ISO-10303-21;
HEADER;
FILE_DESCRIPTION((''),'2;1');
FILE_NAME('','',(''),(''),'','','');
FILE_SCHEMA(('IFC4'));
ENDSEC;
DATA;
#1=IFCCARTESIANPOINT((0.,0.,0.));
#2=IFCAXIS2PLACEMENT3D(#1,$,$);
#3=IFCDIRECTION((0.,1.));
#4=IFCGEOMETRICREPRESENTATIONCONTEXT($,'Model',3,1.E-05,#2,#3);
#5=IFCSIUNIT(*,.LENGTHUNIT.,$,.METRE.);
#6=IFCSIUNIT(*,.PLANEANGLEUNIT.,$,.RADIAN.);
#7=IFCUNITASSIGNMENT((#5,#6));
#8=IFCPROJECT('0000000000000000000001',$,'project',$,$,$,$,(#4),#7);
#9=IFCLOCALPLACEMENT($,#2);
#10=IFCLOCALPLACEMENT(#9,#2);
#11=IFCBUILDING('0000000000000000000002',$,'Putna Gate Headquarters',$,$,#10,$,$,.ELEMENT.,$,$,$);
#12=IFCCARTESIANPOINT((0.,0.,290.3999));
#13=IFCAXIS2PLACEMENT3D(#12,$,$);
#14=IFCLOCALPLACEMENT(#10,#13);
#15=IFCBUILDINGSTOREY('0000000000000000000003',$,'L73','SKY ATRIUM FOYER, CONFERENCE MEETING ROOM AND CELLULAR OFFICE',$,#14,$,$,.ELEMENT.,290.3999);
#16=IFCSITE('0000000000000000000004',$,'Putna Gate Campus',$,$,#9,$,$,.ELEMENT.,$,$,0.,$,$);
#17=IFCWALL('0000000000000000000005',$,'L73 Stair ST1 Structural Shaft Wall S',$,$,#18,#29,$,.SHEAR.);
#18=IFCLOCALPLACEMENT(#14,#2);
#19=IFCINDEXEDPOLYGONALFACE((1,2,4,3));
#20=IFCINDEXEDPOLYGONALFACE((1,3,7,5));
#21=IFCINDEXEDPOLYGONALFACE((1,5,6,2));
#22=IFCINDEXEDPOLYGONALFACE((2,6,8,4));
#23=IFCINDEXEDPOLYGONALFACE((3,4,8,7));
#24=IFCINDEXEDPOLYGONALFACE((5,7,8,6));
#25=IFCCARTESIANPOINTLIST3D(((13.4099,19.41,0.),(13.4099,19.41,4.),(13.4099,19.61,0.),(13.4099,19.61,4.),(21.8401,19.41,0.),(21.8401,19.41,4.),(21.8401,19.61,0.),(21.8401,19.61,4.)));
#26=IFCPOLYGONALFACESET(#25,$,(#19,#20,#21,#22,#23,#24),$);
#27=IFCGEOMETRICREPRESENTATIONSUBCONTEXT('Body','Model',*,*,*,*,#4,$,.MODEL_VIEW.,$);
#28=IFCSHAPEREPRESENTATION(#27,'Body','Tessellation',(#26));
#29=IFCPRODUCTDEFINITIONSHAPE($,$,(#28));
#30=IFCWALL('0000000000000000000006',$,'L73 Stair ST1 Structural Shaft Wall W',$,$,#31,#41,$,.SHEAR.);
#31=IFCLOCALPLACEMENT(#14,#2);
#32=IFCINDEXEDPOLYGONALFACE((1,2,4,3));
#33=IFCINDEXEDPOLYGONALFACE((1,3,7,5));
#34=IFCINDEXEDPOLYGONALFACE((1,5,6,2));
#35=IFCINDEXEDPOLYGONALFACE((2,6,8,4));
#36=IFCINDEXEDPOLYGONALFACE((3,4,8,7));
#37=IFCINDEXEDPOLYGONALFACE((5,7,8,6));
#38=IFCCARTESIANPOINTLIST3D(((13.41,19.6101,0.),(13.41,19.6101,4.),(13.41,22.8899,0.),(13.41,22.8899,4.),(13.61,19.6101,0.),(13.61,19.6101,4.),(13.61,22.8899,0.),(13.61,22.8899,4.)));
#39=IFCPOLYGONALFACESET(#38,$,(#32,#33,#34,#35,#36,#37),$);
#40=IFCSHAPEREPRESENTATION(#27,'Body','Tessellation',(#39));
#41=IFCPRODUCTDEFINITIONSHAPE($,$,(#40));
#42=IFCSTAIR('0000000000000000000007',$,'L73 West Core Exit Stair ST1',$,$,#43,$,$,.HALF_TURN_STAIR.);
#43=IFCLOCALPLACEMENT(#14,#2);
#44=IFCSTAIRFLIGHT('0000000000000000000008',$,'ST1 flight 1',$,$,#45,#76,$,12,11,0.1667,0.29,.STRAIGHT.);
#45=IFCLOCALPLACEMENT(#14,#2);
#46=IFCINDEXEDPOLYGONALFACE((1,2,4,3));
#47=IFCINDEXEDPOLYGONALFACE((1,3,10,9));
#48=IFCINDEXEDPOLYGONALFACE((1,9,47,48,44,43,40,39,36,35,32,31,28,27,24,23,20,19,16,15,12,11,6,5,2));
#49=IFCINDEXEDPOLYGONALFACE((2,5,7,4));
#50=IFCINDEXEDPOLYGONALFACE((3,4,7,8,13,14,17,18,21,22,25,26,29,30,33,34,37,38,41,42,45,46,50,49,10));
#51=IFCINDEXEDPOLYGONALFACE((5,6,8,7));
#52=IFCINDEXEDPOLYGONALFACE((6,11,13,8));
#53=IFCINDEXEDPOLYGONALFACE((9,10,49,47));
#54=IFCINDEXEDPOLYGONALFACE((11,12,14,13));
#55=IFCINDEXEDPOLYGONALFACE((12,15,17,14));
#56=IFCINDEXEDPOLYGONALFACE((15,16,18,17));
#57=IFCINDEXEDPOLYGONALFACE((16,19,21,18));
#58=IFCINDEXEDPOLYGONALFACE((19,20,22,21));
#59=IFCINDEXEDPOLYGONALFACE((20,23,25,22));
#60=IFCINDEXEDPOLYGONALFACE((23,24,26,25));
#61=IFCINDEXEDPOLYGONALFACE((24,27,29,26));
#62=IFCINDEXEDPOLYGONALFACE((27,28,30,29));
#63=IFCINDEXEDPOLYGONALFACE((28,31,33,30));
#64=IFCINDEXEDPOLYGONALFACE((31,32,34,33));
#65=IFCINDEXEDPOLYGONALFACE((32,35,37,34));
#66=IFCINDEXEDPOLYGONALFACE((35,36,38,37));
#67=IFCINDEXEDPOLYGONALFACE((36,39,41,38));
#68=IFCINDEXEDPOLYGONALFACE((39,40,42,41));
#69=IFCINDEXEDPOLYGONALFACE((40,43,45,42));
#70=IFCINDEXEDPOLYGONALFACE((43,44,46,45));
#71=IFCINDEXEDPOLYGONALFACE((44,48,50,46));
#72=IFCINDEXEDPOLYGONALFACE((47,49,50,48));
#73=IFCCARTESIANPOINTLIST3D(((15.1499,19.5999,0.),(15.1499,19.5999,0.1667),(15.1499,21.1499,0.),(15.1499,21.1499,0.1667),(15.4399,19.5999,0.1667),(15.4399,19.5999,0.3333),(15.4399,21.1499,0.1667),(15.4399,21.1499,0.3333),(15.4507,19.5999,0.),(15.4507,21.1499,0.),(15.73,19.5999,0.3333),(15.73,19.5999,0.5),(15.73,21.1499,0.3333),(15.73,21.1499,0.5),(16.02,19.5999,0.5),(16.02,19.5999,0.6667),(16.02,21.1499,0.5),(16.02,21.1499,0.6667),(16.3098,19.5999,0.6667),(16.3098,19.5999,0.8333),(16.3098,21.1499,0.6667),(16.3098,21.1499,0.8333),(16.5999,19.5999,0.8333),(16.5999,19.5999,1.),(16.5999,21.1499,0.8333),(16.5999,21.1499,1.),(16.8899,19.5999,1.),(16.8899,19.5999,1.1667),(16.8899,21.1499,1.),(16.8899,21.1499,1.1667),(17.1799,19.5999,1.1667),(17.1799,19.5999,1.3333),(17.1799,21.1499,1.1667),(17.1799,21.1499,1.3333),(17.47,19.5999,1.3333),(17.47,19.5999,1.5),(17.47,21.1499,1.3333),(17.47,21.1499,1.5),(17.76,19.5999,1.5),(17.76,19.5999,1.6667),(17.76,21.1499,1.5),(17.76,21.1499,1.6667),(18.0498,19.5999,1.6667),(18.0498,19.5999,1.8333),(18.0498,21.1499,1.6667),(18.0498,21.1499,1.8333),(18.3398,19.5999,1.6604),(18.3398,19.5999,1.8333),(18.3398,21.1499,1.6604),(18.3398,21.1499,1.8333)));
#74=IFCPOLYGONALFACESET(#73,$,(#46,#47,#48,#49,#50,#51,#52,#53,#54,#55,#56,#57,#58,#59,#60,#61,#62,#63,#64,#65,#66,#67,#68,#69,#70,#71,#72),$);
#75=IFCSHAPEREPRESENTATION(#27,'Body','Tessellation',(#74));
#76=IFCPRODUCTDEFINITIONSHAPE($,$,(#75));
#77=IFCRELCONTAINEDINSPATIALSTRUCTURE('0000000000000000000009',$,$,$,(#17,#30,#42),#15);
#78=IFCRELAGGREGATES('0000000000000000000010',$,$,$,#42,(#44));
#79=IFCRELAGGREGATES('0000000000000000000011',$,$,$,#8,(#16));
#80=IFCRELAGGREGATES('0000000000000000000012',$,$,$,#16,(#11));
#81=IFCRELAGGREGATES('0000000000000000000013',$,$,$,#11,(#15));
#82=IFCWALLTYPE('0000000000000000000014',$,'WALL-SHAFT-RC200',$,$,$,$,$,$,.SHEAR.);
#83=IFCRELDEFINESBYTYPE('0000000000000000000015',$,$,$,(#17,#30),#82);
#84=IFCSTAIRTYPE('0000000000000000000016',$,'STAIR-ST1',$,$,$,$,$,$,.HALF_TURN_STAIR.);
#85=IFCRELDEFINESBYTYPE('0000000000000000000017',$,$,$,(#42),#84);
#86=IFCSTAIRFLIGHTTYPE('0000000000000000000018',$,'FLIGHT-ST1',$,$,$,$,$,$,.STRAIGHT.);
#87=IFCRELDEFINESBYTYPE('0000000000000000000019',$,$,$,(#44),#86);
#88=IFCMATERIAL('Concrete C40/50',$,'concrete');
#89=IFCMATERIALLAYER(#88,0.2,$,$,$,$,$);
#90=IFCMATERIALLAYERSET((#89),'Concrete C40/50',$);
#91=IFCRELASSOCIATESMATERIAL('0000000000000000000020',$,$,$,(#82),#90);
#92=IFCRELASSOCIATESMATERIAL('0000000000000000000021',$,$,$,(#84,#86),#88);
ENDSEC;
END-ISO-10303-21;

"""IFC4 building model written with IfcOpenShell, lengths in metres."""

from ifc_helpers import new_model, si_unit, direction, frame, frame_2d, origin, place, context, subcontext, project, spatial, polyline, rectangle, outline, extrude, material, layer, layer_set, type_object, element, aggregate, save


model = new_model("IFC4")

# Units and contexts
model_context = context("Model", 3, precision=1e-05, world=origin(), true_north=direction((0.0, 1.0)))
body_context = subcontext(model_context, "Body", "Model", "MODEL_VIEW")
ifc_project = project(units=[si_unit("LENGTHUNIT", "METRE"), si_unit("PLANEANGLEUNIT", "RADIAN")], contexts=[model_context])

# Site, building, storey
site_placement = place(None, origin())
site = spatial("IfcSite", under=ifc_project, at=site_placement, Name="Putna Gate Campus", CompositionType="ELEMENT", RefElevation=0.0)
building_placement = place(site_placement, origin())
building = spatial("IfcBuilding", under=site, at=building_placement, Name="Putna Gate Headquarters", CompositionType="ELEMENT")
storey_placement = place(building_placement, frame((0.0, 0.0, 290.3999)))
storey = spatial("IfcBuildingStorey", under=building, at=storey_placement, Name="L73", Description="SKY ATRIUM FOYER, CONFERENCE MEETING ROOM AND CELLULAR OFFICE", CompositionType="ELEMENT", Elevation=290.3999)

# Walls
ifc_material_1 = material(Name="Concrete C40/50", Category="concrete")
ifc_layer_1 = layer(ifc_material_1, 0.2)
ifc_layer_set_1 = layer_set([ifc_layer_1], Name="Concrete C40/50")
wall_type_1 = type_object("IfcWallType", Name="WALL-SHAFT-RC200", PredefinedType="SHEAR", material=ifc_layer_set_1)
wall_1_placement = place(storey_placement, frame((13.4099, 19.51, 0.0), z_axis=(0.0, 0.0, 1.0), x_axis=(1.0, 0.0, 0.0)))
element("IfcWall", 1, at=wall_1_placement, inside=storey, type_object=wall_type_1, Name="L73 Stair ST1 Structural Shaft Wall S", PredefinedType="SHEAR", context=body_context, shape_type="SweptSolid", body=[
    extrude(rectangle(XDim=8.4302, YDim=0.2, at=frame_2d((4.2151, 0.0))), origin(), (0.0, 0.0, 1.0), 4.0),
])
wall_2_placement = place(storey_placement, frame((13.51, 19.6101, 0.0), z_axis=(0.0, 0.0, 1.0), x_axis=(0.0, 1.0, 0.0)))
element("IfcWall", 2, at=wall_2_placement, inside=storey, type_object=wall_type_1, Name="L73 Stair ST1 Structural Shaft Wall W", PredefinedType="SHEAR", context=body_context, shape_type="SweptSolid", body=[
    extrude(rectangle(XDim=3.2798, YDim=0.2, at=frame_2d((1.6399, 0.0))), origin(), (0.0, 0.0, 1.0), 4.0),
])

# Stair, stair flight
stair_type = type_object("IfcStairType", Name="STAIR-ST1", PredefinedType="HALF_TURN_STAIR", material=ifc_material_1)
stair_placement = place(storey_placement, origin())
stair = element("IfcStair", 3, at=stair_placement, inside=storey, type_object=stair_type, Name="L73 West Core Exit Stair ST1", PredefinedType="HALF_TURN_STAIR")
stair_flight_type = type_object("IfcStairFlightType", Name="FLIGHT-ST1", PredefinedType="STRAIGHT", material=ifc_material_1)
stair_flight_placement = place(storey_placement, frame((15.1499, 20.375, 0.0), z_axis=(0.0, 0.0, 1.0), x_axis=(1.0, 0.0, 0.0)))
stair_flight = element("IfcStairFlight", 4, at=stair_flight_placement, type_object=stair_flight_type, Name="ST1 flight 1", NumberOfRisers=12, NumberOfTreads=11, PredefinedType="STRAIGHT", RiserHeight=0.1667, TreadLength=0.29, context=body_context, shape_type="SweptSolid", body=[
    extrude(outline(polyline([(0.0, 0.0), (0.0, 0.1667), (0.29, 0.1667), (0.29, 0.3333), (0.5801, 0.3333), (0.5801, 0.5), (0.8701, 0.5), (0.8701, 0.6667), (1.1599, 0.6667), (1.1599, 0.8333), (1.45, 0.8333), (1.45, 1.0), (1.74, 1.0), (1.74, 1.1667), (2.03, 1.1667), (2.03, 1.3333), (2.3201, 1.3333), (2.3201, 1.5), (2.6101, 1.5), (2.6101, 1.6667), (2.8999, 1.6667), (2.8999, 1.8333), (3.1899, 1.8333), (3.1899, 2.0), (3.1899, 1.6604), (0.3008, 0.0), (0.0, 0.0)])), frame((0.0, 0.7749, 0.0), z_axis=(0.0, -1.0, 0.0), x_axis=(1.0, 0.0, 0.0)), (0.0, 0.0, 1.0), 1.55),
])
aggregate(stair, [stair_flight])

save(model, "model.ifc")
